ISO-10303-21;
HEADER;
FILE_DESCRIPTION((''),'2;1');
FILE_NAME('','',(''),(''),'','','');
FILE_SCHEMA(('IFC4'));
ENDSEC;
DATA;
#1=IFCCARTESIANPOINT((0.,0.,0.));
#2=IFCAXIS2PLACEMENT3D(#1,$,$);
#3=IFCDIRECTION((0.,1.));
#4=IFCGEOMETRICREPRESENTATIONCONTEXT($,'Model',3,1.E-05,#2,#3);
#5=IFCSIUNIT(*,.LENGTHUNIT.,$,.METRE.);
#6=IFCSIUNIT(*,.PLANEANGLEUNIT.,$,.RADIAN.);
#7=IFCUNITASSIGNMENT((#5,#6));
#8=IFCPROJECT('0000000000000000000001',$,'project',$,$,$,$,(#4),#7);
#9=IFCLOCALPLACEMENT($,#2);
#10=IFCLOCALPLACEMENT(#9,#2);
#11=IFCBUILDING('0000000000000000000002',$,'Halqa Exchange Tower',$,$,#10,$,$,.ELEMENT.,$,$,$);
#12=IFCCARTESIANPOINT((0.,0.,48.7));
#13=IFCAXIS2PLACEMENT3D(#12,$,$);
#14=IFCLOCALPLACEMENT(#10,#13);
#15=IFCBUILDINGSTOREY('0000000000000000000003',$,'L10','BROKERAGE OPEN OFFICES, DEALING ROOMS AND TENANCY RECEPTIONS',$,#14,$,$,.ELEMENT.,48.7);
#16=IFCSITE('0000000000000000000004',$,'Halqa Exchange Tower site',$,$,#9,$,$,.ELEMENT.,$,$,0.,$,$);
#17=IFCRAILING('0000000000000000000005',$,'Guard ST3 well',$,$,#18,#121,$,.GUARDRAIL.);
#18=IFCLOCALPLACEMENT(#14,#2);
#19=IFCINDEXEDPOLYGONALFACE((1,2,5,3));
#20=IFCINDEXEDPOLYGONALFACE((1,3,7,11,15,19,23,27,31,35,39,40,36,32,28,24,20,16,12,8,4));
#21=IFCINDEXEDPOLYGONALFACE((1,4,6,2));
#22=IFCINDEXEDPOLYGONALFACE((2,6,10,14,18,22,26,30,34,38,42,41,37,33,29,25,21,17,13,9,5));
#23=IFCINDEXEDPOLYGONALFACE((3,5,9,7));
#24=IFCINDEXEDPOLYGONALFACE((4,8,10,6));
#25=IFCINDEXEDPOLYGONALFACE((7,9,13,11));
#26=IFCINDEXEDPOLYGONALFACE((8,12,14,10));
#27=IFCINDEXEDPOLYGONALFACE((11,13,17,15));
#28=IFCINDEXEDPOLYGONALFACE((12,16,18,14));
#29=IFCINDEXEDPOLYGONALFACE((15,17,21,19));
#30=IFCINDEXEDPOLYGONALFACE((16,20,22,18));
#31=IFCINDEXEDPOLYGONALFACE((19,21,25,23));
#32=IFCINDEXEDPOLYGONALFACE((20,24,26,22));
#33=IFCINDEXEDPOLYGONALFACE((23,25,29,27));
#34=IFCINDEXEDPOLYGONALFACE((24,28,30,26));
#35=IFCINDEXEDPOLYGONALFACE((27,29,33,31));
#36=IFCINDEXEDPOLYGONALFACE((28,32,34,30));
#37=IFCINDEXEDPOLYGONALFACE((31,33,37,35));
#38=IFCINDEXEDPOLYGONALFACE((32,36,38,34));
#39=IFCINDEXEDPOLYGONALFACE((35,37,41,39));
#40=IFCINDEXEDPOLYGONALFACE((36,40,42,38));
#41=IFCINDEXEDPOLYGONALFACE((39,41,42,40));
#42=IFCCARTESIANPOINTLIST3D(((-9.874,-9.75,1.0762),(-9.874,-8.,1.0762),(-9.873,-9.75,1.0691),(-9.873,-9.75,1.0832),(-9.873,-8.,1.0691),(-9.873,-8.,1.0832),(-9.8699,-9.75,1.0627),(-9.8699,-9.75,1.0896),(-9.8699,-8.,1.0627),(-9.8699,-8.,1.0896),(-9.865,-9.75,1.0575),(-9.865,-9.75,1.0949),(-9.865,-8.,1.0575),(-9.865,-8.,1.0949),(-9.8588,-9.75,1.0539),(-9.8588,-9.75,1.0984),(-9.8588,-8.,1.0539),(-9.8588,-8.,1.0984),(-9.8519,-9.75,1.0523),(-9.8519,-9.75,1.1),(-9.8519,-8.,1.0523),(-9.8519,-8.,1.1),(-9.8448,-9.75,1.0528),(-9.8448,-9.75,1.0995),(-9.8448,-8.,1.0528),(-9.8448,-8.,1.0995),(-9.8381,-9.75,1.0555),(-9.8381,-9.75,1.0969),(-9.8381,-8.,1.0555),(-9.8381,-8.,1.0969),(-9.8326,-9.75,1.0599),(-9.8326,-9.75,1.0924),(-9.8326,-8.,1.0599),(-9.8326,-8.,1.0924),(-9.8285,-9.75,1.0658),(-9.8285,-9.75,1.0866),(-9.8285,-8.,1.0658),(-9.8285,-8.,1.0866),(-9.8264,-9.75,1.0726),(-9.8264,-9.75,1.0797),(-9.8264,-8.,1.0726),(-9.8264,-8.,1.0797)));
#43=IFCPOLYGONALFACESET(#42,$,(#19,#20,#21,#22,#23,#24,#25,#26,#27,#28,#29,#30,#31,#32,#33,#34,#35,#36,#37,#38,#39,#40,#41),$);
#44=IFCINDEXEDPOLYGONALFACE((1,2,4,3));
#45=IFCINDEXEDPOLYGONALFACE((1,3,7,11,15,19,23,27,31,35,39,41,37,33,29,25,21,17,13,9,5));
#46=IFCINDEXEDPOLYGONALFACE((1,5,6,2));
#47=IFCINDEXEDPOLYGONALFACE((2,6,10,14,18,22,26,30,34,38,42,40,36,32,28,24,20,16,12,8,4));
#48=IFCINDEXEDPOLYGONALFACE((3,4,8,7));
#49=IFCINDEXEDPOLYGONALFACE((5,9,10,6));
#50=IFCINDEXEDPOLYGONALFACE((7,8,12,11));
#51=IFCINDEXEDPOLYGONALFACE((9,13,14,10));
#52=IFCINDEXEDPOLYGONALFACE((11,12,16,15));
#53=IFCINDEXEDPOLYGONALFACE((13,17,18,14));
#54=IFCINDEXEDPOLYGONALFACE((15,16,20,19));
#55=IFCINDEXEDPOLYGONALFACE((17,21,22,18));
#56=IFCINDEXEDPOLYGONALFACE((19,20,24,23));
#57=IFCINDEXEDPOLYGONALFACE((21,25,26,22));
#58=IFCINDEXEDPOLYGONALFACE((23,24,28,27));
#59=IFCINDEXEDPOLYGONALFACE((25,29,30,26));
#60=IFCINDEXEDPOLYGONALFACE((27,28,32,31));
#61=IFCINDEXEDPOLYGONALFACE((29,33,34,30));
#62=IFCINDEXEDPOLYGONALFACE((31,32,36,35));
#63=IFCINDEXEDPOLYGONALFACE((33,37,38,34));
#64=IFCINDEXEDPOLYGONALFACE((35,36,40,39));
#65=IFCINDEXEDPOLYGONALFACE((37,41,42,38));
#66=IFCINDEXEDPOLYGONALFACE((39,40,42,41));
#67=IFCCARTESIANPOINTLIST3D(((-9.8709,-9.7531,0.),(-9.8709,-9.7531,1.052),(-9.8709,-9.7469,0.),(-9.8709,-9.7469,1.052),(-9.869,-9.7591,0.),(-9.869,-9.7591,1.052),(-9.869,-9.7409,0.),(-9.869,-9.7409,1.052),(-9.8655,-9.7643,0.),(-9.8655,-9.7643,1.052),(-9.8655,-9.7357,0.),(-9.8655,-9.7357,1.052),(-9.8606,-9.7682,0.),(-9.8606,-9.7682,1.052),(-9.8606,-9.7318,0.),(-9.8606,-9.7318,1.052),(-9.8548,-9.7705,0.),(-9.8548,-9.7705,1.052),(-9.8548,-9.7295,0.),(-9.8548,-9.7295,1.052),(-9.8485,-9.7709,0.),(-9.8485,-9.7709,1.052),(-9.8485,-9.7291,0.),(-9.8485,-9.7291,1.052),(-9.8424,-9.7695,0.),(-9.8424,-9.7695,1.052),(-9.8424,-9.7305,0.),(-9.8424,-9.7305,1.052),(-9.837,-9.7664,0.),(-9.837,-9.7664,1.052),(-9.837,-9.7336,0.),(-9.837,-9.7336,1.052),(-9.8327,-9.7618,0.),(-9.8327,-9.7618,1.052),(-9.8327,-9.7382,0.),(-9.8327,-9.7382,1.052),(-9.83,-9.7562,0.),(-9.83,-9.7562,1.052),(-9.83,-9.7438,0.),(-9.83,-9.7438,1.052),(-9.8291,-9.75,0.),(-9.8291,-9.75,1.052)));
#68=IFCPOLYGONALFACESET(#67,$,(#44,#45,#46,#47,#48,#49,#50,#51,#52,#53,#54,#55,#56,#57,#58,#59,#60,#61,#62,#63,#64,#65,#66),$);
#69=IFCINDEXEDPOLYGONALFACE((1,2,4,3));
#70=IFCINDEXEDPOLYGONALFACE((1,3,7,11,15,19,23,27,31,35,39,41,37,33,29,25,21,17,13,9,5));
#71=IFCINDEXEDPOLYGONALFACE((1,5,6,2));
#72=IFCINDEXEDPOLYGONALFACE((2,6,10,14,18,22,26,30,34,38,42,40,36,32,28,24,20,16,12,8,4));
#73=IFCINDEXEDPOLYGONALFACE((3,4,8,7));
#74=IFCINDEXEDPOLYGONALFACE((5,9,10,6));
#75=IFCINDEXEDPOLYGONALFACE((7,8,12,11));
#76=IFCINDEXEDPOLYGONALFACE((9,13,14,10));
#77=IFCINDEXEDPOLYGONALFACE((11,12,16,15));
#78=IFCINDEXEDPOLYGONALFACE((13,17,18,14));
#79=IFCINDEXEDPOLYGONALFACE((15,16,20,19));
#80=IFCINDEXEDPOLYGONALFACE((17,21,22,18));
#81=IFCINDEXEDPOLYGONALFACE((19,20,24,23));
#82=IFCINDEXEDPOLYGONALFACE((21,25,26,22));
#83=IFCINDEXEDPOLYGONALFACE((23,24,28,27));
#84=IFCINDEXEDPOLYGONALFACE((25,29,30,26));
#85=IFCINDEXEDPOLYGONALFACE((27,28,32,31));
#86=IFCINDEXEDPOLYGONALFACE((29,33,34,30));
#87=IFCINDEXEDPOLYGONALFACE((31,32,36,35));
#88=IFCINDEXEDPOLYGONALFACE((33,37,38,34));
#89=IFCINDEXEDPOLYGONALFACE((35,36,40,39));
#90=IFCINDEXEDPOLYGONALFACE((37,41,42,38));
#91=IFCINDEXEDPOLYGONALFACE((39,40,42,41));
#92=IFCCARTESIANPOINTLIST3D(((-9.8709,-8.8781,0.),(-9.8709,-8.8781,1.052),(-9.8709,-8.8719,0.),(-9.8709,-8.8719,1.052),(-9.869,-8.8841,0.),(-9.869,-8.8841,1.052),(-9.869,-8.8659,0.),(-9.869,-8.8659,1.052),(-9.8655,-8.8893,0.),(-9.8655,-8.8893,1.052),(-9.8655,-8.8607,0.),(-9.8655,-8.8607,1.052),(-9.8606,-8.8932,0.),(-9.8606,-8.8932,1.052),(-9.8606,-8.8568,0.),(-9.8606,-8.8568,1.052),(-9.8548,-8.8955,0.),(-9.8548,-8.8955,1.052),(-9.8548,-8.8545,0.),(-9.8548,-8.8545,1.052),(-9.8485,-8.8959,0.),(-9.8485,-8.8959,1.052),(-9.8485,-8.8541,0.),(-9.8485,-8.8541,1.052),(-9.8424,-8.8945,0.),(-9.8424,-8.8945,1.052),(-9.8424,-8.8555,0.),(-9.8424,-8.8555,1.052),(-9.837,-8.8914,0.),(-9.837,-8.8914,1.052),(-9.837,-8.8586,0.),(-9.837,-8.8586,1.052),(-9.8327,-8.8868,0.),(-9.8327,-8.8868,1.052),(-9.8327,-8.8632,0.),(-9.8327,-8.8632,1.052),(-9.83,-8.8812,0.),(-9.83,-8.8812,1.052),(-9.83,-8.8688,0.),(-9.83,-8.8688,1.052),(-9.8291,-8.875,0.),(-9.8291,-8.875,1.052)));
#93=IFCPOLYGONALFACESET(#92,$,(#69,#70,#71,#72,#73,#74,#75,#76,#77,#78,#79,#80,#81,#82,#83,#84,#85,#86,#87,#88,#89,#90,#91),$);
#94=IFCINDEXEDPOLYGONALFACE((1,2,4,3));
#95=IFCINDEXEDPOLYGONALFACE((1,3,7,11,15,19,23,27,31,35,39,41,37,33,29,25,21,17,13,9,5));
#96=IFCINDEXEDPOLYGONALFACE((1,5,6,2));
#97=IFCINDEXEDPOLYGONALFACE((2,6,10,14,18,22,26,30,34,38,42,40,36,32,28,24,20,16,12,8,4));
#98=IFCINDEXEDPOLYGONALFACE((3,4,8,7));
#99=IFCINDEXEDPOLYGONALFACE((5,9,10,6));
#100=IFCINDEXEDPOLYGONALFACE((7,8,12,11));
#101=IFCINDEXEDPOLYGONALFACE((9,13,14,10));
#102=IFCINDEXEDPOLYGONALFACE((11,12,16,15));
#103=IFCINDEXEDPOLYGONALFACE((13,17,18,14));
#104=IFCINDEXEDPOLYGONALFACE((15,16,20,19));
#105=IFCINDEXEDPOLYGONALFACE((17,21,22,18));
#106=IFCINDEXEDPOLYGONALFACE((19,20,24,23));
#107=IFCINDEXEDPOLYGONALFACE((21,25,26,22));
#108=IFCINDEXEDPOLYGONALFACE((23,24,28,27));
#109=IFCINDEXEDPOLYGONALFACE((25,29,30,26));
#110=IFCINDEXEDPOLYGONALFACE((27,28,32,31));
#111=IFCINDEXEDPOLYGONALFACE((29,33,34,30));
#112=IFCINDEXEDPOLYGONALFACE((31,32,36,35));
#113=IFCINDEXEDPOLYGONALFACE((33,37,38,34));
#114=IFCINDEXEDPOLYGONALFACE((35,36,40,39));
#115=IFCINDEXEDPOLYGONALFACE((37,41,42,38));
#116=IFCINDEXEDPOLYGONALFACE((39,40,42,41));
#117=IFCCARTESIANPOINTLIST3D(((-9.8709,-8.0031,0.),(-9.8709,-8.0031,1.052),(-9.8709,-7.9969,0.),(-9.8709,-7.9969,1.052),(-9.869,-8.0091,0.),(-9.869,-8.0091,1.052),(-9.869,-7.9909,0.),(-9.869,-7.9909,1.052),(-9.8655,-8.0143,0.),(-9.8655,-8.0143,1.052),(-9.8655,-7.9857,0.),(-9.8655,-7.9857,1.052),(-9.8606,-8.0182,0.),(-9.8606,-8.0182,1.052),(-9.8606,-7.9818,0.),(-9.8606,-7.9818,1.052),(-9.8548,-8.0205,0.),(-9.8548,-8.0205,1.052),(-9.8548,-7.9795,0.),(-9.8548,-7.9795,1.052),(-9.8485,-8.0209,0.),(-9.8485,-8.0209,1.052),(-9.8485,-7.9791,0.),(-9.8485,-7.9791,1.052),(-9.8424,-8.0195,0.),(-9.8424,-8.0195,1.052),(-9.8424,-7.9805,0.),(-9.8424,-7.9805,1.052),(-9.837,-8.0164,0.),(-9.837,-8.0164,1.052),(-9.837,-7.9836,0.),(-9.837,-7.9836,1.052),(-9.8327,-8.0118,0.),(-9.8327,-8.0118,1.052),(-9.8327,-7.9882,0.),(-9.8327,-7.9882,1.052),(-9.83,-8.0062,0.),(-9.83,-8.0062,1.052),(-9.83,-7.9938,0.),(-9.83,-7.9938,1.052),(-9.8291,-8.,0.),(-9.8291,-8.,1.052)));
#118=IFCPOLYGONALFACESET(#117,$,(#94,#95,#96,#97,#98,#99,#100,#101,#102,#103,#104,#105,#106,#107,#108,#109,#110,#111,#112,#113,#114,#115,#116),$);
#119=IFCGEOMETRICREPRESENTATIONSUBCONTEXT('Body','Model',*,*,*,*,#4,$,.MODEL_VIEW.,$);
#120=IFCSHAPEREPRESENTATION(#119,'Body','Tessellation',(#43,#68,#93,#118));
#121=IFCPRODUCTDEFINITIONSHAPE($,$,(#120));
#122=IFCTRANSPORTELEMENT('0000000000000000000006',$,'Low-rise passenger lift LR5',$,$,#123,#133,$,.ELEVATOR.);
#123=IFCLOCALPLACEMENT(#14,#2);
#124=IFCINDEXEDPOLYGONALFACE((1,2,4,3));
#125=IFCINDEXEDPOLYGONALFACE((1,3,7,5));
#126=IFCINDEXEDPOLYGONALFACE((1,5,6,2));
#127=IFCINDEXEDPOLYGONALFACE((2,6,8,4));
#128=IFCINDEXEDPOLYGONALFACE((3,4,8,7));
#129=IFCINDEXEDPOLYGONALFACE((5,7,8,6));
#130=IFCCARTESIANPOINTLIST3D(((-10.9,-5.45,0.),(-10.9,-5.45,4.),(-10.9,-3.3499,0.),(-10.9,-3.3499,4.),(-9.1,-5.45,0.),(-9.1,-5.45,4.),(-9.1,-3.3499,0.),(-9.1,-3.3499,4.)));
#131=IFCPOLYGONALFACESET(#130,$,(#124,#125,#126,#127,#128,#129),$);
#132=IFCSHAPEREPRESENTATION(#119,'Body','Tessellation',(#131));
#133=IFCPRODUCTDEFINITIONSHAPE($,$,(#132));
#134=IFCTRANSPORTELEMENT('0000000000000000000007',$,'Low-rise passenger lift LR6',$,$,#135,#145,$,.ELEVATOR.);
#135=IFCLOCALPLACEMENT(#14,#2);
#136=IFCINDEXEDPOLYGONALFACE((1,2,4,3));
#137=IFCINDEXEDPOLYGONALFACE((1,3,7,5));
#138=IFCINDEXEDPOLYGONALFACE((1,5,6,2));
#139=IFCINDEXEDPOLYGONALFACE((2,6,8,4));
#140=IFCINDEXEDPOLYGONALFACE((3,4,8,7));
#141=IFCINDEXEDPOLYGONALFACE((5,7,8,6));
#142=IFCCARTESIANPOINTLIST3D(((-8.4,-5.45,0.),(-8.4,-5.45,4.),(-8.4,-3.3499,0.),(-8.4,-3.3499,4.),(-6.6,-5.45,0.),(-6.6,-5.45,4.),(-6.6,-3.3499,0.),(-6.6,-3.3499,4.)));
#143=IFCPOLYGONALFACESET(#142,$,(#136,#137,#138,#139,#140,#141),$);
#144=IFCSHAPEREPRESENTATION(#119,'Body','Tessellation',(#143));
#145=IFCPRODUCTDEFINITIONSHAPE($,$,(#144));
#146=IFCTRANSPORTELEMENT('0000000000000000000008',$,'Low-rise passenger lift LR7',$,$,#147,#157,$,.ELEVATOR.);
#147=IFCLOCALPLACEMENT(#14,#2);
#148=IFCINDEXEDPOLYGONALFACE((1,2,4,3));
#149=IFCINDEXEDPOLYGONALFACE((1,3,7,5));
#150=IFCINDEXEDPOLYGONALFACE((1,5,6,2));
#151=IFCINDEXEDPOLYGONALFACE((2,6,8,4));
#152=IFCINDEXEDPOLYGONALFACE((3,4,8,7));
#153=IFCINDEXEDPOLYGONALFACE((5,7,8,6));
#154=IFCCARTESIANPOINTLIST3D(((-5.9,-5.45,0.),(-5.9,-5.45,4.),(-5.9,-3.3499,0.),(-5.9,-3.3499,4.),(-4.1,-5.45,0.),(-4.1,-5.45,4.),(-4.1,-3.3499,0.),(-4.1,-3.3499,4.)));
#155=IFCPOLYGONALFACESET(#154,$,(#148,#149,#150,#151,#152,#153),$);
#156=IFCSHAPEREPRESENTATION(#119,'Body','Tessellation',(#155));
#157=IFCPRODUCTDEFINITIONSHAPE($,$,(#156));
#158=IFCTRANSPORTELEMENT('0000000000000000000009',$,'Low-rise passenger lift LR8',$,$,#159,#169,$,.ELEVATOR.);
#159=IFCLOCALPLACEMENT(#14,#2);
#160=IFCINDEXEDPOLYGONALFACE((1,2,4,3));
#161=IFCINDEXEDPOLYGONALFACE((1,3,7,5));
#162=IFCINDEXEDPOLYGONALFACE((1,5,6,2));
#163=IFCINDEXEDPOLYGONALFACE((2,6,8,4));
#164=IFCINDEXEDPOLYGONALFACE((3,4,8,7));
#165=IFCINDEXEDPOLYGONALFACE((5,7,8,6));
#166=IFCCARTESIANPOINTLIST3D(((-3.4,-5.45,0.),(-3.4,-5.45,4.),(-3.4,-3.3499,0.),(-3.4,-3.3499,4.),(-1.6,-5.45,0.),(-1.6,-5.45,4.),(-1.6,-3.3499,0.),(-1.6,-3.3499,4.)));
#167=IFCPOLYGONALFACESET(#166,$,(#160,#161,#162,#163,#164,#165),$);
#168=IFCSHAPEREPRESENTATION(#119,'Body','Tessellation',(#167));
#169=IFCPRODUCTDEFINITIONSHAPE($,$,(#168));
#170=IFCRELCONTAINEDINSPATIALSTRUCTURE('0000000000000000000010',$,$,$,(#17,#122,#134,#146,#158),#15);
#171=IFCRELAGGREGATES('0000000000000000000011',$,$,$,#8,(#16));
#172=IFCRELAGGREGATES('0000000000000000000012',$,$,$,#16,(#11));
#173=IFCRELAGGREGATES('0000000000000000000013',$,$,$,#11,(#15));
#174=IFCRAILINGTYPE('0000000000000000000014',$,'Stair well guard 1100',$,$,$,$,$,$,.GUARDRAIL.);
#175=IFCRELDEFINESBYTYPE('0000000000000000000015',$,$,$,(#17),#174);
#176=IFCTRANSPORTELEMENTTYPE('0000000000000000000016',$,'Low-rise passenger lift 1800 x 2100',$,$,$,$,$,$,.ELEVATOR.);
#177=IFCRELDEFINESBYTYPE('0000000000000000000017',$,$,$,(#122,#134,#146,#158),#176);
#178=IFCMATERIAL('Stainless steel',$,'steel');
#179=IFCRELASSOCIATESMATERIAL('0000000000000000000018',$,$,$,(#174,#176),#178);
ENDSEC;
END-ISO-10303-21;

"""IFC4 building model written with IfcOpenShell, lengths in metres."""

from ifc_helpers import new_model, si_unit, direction, frame, origin, origin_2d, place, context, subcontext, project, spatial, rectangle, circle, extrude, material, type_object, element, save


model = new_model("IFC4")

# Units and contexts
model_context = context("Model", 3, precision=1e-05, world=origin(), true_north=direction((0.0, 1.0)))
body_context = subcontext(model_context, "Body", "Model", "MODEL_VIEW")
ifc_project = project(units=[si_unit("LENGTHUNIT", "METRE"), si_unit("PLANEANGLEUNIT", "RADIAN")], contexts=[model_context])

# Site, building, storey
site_placement = place(None, origin())
site = spatial("IfcSite", under=ifc_project, at=site_placement, Name="Halqa Exchange Tower site", CompositionType="ELEMENT", RefElevation=0.0)
building_placement = place(site_placement, origin())
building = spatial("IfcBuilding", under=site, at=building_placement, Name="Halqa Exchange Tower", CompositionType="ELEMENT")
storey_placement = place(building_placement, frame((0.0, 0.0, 48.7)))
storey = spatial("IfcBuildingStorey", under=building, at=storey_placement, Name="L10", Description="BROKERAGE OPEN OFFICES, DEALING ROOMS AND TENANCY RECEPTIONS", CompositionType="ELEMENT", Elevation=48.7)

# Shared definitions
ifc_material_1 = material(Name="Stainless steel", Category="steel")

# Railing
railing_type_1 = type_object("IfcRailingType", Name="Stair well guard 1100", PredefinedType="GUARDRAIL", material=ifc_material_1)
railing_1_placement = place(storey_placement, frame((-9.8501, -9.75, 0.0)))
element("IfcRailing", 1, at=railing_1_placement, inside=storey, type_object=railing_type_1, Name="Guard ST3 well", PredefinedType="GUARDRAIL", context=body_context, shape_type="SweptSolid", body=[
    extrude(circle(Radius=0.0239, at=origin_2d()), frame((0.0, 0.0, 1.0762), z_axis=(0.0, 1.0, 0.0), x_axis=(-1.0, 0.0, 0.0)), (0.0, 0.0, 1.0), 1.75),
    extrude(circle(Radius=0.021, at=origin_2d()), origin(), (0.0, 0.0, 1.0), 1.052),
    extrude(circle(Radius=0.021, at=origin_2d()), frame((0.0, 0.875, 0.0)), (0.0, 0.0, 1.0), 1.052),
    extrude(circle(Radius=0.021, at=origin_2d()), frame((0.0, 1.75, 0.0)), (0.0, 0.0, 1.0), 1.052),
])

# Transport elements
transport_element_type = type_object("IfcTransportElementType", Name="Low-rise passenger lift 1800 x 2100", PredefinedType="ELEVATOR", material=ifc_material_1)
for number, where, z_axis, x_axis, name in (
    (2, (-10.0, -4.3999, 0.0), (0.0, 0.0, 1.0), (1.0, 0.0, 0.0), "Low-rise passenger lift LR5"),
    (3, (-7.5, -4.3999, 0.0), (0.0, 0.0, 1.0), (1.0, 0.0, 0.0), "Low-rise passenger lift LR6"),
    (4, (-5.0, -4.3999, 0.0), (0.0, 0.0, 1.0), (1.0, 0.0, 0.0), "Low-rise passenger lift LR7"),
    (5, (-2.5, -4.3999, 0.0), (0.0, 0.0, 1.0), (1.0, 0.0, 0.0), "Low-rise passenger lift LR8"),
):
    element("IfcTransportElement", number, at=place(storey_placement, frame(where, z_axis=z_axis, x_axis=x_axis)), inside=storey, type_object=transport_element_type, Name=name, PredefinedType="ELEVATOR", context=body_context, shape_type="SweptSolid", body=[
        extrude(rectangle(XDim=1.8, YDim=2.1001, at=origin_2d()), origin(), (0.0, 0.0, 1.0), 4.0),
    ])

save(model, "model.ifc")
